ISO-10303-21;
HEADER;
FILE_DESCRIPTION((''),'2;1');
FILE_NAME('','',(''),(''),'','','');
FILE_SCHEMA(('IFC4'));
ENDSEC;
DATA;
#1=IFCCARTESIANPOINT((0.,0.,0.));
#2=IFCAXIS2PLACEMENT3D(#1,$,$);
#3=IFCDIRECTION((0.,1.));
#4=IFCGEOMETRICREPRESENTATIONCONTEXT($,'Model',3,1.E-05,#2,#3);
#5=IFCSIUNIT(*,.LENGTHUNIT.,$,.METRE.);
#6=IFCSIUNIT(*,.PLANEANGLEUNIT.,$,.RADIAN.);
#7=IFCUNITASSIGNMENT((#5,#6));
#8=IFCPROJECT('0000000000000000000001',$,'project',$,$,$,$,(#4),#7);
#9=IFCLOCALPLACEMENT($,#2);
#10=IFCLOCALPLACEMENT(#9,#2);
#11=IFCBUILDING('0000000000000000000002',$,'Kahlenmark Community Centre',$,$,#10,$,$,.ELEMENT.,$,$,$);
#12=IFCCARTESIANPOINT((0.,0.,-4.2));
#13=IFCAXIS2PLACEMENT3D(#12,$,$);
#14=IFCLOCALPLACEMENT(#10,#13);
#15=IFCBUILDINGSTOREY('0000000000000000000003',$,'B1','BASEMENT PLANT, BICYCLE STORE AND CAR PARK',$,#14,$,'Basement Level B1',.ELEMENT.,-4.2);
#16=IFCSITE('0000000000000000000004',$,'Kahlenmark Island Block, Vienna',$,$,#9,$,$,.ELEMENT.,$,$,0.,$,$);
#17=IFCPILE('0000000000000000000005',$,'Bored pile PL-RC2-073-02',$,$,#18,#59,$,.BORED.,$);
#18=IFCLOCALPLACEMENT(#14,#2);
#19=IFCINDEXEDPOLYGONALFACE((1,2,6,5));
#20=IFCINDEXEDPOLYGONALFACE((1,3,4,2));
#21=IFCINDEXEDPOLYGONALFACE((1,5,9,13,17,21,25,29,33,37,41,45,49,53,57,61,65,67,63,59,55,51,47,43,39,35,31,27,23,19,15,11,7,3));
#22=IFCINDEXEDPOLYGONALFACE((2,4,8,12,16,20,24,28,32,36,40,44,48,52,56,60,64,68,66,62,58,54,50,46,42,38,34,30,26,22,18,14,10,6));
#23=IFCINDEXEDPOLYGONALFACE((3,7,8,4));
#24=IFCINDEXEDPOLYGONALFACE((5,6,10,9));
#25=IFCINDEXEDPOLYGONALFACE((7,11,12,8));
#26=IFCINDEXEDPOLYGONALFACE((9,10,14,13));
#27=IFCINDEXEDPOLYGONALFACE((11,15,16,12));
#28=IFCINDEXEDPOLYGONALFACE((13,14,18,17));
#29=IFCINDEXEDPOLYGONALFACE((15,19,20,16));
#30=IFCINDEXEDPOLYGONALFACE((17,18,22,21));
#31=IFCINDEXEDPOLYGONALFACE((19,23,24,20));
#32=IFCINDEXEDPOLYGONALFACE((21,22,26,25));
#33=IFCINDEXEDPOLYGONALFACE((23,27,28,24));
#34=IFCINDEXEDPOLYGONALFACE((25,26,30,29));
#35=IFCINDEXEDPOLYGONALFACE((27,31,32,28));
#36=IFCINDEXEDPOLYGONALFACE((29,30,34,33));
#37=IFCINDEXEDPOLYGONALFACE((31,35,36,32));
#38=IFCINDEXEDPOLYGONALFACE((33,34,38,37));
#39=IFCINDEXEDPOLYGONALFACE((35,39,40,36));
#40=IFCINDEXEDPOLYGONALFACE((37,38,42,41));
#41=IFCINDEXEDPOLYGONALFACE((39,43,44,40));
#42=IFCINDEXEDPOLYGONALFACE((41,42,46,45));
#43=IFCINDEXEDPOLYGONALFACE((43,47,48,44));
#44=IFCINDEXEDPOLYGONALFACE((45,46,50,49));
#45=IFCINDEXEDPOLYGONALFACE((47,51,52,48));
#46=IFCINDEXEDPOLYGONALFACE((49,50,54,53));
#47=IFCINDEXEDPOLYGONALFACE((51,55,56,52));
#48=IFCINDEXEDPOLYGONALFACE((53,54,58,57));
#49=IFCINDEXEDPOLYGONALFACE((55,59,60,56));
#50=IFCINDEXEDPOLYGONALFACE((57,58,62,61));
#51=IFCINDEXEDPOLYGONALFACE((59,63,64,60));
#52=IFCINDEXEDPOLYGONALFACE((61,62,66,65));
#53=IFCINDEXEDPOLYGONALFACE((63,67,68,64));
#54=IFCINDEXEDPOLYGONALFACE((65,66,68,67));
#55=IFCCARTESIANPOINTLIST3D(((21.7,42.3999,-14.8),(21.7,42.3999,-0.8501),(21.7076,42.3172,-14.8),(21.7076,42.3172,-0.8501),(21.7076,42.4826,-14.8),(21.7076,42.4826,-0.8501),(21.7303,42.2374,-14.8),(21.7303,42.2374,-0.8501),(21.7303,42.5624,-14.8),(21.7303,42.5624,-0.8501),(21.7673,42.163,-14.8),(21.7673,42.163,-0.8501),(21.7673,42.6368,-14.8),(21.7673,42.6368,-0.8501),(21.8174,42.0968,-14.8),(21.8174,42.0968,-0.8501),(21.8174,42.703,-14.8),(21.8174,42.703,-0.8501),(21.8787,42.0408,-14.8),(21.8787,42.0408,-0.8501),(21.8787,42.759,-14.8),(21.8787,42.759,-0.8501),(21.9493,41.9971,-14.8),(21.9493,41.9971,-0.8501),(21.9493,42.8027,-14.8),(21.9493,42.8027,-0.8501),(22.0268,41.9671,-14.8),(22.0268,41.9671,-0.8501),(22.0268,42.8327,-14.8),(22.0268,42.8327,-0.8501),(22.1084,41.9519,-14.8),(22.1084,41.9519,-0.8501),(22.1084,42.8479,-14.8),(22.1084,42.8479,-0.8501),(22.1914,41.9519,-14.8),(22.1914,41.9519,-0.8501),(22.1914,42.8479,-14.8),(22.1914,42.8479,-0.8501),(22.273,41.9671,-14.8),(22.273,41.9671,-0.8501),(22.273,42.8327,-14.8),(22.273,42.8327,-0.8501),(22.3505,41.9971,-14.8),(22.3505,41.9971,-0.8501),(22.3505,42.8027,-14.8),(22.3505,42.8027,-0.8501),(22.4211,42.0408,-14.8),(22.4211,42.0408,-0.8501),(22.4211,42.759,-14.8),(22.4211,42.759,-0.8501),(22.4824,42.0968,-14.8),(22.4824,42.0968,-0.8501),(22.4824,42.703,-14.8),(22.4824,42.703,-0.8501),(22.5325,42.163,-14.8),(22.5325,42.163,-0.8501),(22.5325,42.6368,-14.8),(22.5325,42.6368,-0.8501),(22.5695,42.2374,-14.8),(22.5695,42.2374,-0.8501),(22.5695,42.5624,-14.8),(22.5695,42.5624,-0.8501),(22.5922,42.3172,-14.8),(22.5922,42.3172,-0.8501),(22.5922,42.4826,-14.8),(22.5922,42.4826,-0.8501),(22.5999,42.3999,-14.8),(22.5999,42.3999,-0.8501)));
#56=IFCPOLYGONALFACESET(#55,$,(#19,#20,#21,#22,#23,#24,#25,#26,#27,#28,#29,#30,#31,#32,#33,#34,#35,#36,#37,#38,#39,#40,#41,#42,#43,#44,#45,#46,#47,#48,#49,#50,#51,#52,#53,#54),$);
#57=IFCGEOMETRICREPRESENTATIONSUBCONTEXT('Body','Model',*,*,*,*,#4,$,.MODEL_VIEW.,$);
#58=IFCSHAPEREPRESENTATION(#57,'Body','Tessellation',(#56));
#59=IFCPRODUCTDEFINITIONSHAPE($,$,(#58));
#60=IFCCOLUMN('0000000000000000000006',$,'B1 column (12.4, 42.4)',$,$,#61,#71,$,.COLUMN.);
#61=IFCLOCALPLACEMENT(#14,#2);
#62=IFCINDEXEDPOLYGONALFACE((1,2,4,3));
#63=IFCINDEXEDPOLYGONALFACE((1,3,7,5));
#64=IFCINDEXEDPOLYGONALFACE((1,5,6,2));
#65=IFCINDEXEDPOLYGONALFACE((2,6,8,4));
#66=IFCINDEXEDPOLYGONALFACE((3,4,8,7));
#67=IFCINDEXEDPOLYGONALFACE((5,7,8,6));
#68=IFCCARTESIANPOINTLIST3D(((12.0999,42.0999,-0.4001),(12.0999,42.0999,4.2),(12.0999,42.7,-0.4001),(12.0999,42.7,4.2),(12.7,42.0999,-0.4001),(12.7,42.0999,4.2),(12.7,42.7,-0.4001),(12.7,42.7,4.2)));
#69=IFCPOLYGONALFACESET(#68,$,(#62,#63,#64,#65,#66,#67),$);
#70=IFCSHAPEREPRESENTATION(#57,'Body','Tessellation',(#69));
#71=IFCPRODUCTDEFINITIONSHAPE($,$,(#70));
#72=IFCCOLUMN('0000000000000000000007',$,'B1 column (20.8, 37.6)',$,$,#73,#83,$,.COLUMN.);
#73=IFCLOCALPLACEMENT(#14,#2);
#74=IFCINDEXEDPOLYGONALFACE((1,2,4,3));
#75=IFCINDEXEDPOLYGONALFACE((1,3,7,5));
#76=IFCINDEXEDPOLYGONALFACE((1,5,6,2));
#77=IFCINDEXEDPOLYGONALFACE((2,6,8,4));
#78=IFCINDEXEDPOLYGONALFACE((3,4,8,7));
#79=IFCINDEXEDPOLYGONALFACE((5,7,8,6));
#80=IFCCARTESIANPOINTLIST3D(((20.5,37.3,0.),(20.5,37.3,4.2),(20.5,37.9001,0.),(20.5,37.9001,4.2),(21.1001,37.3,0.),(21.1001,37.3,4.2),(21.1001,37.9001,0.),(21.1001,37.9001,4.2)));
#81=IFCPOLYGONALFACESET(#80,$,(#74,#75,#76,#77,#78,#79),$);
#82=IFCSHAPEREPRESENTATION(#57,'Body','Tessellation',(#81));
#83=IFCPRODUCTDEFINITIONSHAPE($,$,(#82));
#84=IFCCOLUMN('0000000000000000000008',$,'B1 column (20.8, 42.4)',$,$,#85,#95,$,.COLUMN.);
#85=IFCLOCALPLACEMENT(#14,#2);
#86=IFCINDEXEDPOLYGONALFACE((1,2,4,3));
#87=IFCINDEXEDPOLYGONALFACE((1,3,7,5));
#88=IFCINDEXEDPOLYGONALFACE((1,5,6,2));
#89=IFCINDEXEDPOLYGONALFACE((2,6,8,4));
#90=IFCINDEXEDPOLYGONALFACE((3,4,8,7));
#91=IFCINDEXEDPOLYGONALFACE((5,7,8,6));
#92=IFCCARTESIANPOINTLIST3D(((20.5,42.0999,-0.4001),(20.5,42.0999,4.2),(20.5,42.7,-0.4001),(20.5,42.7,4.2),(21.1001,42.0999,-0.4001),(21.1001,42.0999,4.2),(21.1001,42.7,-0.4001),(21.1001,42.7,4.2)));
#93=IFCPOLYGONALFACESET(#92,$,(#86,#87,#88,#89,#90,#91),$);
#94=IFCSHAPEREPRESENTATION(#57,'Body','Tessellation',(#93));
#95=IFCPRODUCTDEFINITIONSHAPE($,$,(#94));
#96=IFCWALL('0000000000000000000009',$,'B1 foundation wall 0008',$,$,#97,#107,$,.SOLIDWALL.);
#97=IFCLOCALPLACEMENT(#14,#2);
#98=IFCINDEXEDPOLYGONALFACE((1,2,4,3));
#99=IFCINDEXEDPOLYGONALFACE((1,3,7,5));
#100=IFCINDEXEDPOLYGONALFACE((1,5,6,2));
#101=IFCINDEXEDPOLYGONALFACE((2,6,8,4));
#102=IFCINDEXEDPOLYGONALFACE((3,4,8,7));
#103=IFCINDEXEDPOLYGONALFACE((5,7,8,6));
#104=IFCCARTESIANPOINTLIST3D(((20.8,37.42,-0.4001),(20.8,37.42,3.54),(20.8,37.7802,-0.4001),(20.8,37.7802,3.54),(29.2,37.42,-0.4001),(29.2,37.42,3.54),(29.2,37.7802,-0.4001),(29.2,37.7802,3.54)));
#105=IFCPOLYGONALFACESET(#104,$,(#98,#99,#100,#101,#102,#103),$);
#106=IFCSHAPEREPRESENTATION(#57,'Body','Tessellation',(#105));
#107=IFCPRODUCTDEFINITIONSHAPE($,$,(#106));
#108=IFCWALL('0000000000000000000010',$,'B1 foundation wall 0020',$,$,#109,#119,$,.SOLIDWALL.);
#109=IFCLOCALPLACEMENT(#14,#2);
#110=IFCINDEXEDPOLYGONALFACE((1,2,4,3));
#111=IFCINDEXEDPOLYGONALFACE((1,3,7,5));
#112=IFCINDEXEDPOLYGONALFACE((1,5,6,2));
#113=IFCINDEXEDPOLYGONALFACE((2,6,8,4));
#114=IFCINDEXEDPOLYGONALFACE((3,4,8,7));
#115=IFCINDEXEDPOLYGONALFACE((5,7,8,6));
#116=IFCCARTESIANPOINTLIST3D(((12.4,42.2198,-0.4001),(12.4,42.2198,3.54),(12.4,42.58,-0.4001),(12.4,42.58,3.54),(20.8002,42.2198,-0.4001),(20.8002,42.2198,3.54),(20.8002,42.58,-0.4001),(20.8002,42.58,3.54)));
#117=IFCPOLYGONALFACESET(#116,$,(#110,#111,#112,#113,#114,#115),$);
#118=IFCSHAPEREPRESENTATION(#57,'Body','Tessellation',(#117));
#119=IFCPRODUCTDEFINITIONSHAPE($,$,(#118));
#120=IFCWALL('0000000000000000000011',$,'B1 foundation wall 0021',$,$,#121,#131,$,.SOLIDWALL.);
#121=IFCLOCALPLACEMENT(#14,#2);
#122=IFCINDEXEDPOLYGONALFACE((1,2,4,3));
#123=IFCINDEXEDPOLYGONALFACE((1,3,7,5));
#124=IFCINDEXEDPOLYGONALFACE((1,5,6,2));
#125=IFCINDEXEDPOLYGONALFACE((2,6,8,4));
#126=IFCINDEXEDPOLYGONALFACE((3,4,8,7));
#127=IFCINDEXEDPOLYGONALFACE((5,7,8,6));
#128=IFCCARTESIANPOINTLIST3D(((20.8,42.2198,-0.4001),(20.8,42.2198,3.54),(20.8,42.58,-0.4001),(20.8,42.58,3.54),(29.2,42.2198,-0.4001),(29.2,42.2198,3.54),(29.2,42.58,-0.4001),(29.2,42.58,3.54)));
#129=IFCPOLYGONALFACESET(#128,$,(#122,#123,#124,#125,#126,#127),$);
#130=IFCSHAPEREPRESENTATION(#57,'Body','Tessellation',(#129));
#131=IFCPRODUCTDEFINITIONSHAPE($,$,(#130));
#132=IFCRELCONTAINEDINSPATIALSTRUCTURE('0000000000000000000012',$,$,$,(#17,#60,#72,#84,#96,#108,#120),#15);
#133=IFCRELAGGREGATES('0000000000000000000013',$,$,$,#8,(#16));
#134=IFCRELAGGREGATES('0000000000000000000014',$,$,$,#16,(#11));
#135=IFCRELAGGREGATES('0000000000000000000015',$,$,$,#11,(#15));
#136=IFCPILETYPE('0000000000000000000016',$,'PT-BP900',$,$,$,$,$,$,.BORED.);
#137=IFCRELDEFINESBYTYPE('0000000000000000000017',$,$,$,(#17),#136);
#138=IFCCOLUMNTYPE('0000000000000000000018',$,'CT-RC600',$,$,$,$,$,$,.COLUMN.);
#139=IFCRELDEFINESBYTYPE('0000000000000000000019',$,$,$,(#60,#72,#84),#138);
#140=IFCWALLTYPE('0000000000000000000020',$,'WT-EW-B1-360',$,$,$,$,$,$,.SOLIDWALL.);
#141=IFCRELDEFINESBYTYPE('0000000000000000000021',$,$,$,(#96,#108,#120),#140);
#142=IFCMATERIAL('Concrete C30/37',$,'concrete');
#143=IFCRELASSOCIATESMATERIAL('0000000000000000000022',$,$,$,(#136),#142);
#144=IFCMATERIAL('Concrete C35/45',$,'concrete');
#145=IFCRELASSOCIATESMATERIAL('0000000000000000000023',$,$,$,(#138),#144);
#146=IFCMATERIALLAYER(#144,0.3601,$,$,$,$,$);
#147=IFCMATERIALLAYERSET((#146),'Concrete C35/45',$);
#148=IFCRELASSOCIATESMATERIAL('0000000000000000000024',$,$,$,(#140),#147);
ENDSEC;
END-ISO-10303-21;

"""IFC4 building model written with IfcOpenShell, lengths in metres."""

from ifc_helpers import new_model, si_unit, direction, frame, frame_2d, origin, origin_2d, place, context, subcontext, project, spatial, rectangle, circle, extrude, material, layer, layer_set, material_profile, profile_set, type_object, element, save


model = new_model("IFC4")

# Units and contexts
model_context = context("Model", 3, precision=1e-05, world=origin(), true_north=direction((0.0, 1.0)))
body_context = subcontext(model_context, "Body", "Model", "MODEL_VIEW")
ifc_project = project(units=[si_unit("LENGTHUNIT", "METRE"), si_unit("PLANEANGLEUNIT", "RADIAN")], contexts=[model_context])

# Site, building, storey
site_placement = place(None, origin())
site = spatial("IfcSite", under=ifc_project, at=site_placement, Name="Kahlenmark Island Block, Vienna", CompositionType="ELEMENT", RefElevation=0.0)
building_placement = place(site_placement, origin())
building = spatial("IfcBuilding", under=site, at=building_placement, Name="Kahlenmark Community Centre", CompositionType="ELEMENT")
storey_placement = place(building_placement, frame((0.0, 0.0, -4.2)))
storey = spatial("IfcBuildingStorey", under=building, at=storey_placement, Name="B1", Description="BASEMENT PLANT, BICYCLE STORE AND CAR PARK", LongName="Basement Level B1", CompositionType="ELEMENT", Elevation=-4.2)

# Shared definitions
ifc_material_1 = material(Name="Concrete C30/37", Category="concrete")

# Pile
ifc_material_profile_1 = material_profile(ifc_material_1, circle(Radius=0.45, at=origin_2d()), Name="BORED PILE 900")
ifc_profile_set_1 = profile_set([ifc_material_profile_1], Name="Concrete C30/37")
pile_type_1 = type_object("IfcPileType", Name="PT-BP900", PredefinedType="BORED", material=ifc_profile_set_1)
for number, where, z_axis, x_axis, name in (
    (1, (22.1499, 42.3999, -0.8501), (0.0, 0.0, -1.0), (1.0, 0.0, 0.0), "Bored pile PL-RC2-073-02"),
):
    element("IfcPile", number, at=place(storey_placement, frame(where, z_axis=z_axis, x_axis=x_axis)), inside=storey, type_object=pile_type_1, Name=name, PredefinedType="BORED", context=body_context, shape_type="SweptSolid", body=[
        extrude(circle(Radius=0.45, at=origin_2d()), origin(), (0.0, 0.0, 1.0), 13.95),
    ])

# Columns
ifc_material_2 = material(Name="Concrete C35/45", Category="concrete")
ifc_material_profile_2 = material_profile(ifc_material_2, rectangle(XDim=0.6001, YDim=0.6001, at=origin_2d()), Name="RC 600x600")
ifc_profile_set_2 = profile_set([ifc_material_profile_2], Name="Concrete C35/45")
column_type = type_object("IfcColumnType", Name="CT-RC600", PredefinedType="COLUMN", material=ifc_profile_set_2)
column_1_placement = place(storey_placement, frame((12.3999, 42.3999, -0.4001), z_axis=(0.0, 0.0, 1.0), x_axis=(1.0, 0.0, 0.0)))
element("IfcColumn", 2, at=column_1_placement, inside=storey, type_object=column_type, Name="B1 column (12.4, 42.4)", PredefinedType="COLUMN", context=body_context, shape_type="SweptSolid", body=[
    extrude(rectangle(XDim=0.6001, YDim=0.6001, at=origin_2d()), origin(), (0.0, 0.0, 1.0), 4.6001),
])
column_2_placement = place(storey_placement, frame((20.8, 37.6001, 0.0), z_axis=(0.0, 0.0, 1.0), x_axis=(1.0, 0.0, 0.0)))
element("IfcColumn", 3, at=column_2_placement, inside=storey, type_object=column_type, Name="B1 column (20.8, 37.6)", PredefinedType="COLUMN", context=body_context, shape_type="SweptSolid", body=[
    extrude(rectangle(XDim=0.6001, YDim=0.6001, at=origin_2d()), origin(), (0.0, 0.0, 1.0), 4.2),
])
column_3_placement = place(storey_placement, frame((20.8, 42.3999, -0.4001), z_axis=(0.0, 0.0, 1.0), x_axis=(1.0, 0.0, 0.0)))
element("IfcColumn", 4, at=column_3_placement, inside=storey, type_object=column_type, Name="B1 column (20.8, 42.4)", PredefinedType="COLUMN", context=body_context, shape_type="SweptSolid", body=[
    extrude(rectangle(XDim=0.6001, YDim=0.6001, at=origin_2d()), origin(), (0.0, 0.0, 1.0), 4.6001),
])

# Walls
ifc_layer = layer(ifc_material_2, 0.3601)
ifc_layer_set = layer_set([ifc_layer], Name="Concrete C35/45")
wall_type = type_object("IfcWallType", Name="WT-EW-B1-360", PredefinedType="SOLIDWALL", material=ifc_layer_set)
wall_1_placement = place(storey_placement, frame((20.8, 37.6001, -0.4001), z_axis=(0.0, 0.0, 1.0), x_axis=(1.0, 0.0, 0.0)))
element("IfcWall", 5, at=wall_1_placement, inside=storey, type_object=wall_type, Name="B1 foundation wall 0008", PredefinedType="SOLIDWALL", context=body_context, shape_type="SweptSolid", body=[
    extrude(rectangle(XDim=8.3999, YDim=0.3601, at=frame_2d((4.2, 0.0))), origin(), (0.0, 0.0, 1.0), 3.9402),
])
wall_2_placement = place(storey_placement, frame((12.3999, 42.3999, -0.4001), z_axis=(0.0, 0.0, 1.0), x_axis=(1.0, 0.0, 0.0)))
element("IfcWall", 6, at=wall_2_placement, inside=storey, type_object=wall_type, Name="B1 foundation wall 0020", PredefinedType="SOLIDWALL", context=body_context, shape_type="SweptSolid", body=[
    extrude(rectangle(XDim=8.4001, YDim=0.3601, at=frame_2d((4.2002, 0.0))), origin(), (0.0, 0.0, 1.0), 3.9402),
])
wall_3_placement = place(storey_placement, frame((20.8, 42.3999, -0.4001), z_axis=(0.0, 0.0, 1.0), x_axis=(1.0, 0.0, 0.0)))
element("IfcWall", 7, at=wall_3_placement, inside=storey, type_object=wall_type, Name="B1 foundation wall 0021", PredefinedType="SOLIDWALL", context=body_context, shape_type="SweptSolid", body=[
    extrude(rectangle(XDim=8.3999, YDim=0.3601, at=frame_2d((4.2, 0.0))), origin(), (0.0, 0.0, 1.0), 3.9402),
])

save(model, "model.ifc")
